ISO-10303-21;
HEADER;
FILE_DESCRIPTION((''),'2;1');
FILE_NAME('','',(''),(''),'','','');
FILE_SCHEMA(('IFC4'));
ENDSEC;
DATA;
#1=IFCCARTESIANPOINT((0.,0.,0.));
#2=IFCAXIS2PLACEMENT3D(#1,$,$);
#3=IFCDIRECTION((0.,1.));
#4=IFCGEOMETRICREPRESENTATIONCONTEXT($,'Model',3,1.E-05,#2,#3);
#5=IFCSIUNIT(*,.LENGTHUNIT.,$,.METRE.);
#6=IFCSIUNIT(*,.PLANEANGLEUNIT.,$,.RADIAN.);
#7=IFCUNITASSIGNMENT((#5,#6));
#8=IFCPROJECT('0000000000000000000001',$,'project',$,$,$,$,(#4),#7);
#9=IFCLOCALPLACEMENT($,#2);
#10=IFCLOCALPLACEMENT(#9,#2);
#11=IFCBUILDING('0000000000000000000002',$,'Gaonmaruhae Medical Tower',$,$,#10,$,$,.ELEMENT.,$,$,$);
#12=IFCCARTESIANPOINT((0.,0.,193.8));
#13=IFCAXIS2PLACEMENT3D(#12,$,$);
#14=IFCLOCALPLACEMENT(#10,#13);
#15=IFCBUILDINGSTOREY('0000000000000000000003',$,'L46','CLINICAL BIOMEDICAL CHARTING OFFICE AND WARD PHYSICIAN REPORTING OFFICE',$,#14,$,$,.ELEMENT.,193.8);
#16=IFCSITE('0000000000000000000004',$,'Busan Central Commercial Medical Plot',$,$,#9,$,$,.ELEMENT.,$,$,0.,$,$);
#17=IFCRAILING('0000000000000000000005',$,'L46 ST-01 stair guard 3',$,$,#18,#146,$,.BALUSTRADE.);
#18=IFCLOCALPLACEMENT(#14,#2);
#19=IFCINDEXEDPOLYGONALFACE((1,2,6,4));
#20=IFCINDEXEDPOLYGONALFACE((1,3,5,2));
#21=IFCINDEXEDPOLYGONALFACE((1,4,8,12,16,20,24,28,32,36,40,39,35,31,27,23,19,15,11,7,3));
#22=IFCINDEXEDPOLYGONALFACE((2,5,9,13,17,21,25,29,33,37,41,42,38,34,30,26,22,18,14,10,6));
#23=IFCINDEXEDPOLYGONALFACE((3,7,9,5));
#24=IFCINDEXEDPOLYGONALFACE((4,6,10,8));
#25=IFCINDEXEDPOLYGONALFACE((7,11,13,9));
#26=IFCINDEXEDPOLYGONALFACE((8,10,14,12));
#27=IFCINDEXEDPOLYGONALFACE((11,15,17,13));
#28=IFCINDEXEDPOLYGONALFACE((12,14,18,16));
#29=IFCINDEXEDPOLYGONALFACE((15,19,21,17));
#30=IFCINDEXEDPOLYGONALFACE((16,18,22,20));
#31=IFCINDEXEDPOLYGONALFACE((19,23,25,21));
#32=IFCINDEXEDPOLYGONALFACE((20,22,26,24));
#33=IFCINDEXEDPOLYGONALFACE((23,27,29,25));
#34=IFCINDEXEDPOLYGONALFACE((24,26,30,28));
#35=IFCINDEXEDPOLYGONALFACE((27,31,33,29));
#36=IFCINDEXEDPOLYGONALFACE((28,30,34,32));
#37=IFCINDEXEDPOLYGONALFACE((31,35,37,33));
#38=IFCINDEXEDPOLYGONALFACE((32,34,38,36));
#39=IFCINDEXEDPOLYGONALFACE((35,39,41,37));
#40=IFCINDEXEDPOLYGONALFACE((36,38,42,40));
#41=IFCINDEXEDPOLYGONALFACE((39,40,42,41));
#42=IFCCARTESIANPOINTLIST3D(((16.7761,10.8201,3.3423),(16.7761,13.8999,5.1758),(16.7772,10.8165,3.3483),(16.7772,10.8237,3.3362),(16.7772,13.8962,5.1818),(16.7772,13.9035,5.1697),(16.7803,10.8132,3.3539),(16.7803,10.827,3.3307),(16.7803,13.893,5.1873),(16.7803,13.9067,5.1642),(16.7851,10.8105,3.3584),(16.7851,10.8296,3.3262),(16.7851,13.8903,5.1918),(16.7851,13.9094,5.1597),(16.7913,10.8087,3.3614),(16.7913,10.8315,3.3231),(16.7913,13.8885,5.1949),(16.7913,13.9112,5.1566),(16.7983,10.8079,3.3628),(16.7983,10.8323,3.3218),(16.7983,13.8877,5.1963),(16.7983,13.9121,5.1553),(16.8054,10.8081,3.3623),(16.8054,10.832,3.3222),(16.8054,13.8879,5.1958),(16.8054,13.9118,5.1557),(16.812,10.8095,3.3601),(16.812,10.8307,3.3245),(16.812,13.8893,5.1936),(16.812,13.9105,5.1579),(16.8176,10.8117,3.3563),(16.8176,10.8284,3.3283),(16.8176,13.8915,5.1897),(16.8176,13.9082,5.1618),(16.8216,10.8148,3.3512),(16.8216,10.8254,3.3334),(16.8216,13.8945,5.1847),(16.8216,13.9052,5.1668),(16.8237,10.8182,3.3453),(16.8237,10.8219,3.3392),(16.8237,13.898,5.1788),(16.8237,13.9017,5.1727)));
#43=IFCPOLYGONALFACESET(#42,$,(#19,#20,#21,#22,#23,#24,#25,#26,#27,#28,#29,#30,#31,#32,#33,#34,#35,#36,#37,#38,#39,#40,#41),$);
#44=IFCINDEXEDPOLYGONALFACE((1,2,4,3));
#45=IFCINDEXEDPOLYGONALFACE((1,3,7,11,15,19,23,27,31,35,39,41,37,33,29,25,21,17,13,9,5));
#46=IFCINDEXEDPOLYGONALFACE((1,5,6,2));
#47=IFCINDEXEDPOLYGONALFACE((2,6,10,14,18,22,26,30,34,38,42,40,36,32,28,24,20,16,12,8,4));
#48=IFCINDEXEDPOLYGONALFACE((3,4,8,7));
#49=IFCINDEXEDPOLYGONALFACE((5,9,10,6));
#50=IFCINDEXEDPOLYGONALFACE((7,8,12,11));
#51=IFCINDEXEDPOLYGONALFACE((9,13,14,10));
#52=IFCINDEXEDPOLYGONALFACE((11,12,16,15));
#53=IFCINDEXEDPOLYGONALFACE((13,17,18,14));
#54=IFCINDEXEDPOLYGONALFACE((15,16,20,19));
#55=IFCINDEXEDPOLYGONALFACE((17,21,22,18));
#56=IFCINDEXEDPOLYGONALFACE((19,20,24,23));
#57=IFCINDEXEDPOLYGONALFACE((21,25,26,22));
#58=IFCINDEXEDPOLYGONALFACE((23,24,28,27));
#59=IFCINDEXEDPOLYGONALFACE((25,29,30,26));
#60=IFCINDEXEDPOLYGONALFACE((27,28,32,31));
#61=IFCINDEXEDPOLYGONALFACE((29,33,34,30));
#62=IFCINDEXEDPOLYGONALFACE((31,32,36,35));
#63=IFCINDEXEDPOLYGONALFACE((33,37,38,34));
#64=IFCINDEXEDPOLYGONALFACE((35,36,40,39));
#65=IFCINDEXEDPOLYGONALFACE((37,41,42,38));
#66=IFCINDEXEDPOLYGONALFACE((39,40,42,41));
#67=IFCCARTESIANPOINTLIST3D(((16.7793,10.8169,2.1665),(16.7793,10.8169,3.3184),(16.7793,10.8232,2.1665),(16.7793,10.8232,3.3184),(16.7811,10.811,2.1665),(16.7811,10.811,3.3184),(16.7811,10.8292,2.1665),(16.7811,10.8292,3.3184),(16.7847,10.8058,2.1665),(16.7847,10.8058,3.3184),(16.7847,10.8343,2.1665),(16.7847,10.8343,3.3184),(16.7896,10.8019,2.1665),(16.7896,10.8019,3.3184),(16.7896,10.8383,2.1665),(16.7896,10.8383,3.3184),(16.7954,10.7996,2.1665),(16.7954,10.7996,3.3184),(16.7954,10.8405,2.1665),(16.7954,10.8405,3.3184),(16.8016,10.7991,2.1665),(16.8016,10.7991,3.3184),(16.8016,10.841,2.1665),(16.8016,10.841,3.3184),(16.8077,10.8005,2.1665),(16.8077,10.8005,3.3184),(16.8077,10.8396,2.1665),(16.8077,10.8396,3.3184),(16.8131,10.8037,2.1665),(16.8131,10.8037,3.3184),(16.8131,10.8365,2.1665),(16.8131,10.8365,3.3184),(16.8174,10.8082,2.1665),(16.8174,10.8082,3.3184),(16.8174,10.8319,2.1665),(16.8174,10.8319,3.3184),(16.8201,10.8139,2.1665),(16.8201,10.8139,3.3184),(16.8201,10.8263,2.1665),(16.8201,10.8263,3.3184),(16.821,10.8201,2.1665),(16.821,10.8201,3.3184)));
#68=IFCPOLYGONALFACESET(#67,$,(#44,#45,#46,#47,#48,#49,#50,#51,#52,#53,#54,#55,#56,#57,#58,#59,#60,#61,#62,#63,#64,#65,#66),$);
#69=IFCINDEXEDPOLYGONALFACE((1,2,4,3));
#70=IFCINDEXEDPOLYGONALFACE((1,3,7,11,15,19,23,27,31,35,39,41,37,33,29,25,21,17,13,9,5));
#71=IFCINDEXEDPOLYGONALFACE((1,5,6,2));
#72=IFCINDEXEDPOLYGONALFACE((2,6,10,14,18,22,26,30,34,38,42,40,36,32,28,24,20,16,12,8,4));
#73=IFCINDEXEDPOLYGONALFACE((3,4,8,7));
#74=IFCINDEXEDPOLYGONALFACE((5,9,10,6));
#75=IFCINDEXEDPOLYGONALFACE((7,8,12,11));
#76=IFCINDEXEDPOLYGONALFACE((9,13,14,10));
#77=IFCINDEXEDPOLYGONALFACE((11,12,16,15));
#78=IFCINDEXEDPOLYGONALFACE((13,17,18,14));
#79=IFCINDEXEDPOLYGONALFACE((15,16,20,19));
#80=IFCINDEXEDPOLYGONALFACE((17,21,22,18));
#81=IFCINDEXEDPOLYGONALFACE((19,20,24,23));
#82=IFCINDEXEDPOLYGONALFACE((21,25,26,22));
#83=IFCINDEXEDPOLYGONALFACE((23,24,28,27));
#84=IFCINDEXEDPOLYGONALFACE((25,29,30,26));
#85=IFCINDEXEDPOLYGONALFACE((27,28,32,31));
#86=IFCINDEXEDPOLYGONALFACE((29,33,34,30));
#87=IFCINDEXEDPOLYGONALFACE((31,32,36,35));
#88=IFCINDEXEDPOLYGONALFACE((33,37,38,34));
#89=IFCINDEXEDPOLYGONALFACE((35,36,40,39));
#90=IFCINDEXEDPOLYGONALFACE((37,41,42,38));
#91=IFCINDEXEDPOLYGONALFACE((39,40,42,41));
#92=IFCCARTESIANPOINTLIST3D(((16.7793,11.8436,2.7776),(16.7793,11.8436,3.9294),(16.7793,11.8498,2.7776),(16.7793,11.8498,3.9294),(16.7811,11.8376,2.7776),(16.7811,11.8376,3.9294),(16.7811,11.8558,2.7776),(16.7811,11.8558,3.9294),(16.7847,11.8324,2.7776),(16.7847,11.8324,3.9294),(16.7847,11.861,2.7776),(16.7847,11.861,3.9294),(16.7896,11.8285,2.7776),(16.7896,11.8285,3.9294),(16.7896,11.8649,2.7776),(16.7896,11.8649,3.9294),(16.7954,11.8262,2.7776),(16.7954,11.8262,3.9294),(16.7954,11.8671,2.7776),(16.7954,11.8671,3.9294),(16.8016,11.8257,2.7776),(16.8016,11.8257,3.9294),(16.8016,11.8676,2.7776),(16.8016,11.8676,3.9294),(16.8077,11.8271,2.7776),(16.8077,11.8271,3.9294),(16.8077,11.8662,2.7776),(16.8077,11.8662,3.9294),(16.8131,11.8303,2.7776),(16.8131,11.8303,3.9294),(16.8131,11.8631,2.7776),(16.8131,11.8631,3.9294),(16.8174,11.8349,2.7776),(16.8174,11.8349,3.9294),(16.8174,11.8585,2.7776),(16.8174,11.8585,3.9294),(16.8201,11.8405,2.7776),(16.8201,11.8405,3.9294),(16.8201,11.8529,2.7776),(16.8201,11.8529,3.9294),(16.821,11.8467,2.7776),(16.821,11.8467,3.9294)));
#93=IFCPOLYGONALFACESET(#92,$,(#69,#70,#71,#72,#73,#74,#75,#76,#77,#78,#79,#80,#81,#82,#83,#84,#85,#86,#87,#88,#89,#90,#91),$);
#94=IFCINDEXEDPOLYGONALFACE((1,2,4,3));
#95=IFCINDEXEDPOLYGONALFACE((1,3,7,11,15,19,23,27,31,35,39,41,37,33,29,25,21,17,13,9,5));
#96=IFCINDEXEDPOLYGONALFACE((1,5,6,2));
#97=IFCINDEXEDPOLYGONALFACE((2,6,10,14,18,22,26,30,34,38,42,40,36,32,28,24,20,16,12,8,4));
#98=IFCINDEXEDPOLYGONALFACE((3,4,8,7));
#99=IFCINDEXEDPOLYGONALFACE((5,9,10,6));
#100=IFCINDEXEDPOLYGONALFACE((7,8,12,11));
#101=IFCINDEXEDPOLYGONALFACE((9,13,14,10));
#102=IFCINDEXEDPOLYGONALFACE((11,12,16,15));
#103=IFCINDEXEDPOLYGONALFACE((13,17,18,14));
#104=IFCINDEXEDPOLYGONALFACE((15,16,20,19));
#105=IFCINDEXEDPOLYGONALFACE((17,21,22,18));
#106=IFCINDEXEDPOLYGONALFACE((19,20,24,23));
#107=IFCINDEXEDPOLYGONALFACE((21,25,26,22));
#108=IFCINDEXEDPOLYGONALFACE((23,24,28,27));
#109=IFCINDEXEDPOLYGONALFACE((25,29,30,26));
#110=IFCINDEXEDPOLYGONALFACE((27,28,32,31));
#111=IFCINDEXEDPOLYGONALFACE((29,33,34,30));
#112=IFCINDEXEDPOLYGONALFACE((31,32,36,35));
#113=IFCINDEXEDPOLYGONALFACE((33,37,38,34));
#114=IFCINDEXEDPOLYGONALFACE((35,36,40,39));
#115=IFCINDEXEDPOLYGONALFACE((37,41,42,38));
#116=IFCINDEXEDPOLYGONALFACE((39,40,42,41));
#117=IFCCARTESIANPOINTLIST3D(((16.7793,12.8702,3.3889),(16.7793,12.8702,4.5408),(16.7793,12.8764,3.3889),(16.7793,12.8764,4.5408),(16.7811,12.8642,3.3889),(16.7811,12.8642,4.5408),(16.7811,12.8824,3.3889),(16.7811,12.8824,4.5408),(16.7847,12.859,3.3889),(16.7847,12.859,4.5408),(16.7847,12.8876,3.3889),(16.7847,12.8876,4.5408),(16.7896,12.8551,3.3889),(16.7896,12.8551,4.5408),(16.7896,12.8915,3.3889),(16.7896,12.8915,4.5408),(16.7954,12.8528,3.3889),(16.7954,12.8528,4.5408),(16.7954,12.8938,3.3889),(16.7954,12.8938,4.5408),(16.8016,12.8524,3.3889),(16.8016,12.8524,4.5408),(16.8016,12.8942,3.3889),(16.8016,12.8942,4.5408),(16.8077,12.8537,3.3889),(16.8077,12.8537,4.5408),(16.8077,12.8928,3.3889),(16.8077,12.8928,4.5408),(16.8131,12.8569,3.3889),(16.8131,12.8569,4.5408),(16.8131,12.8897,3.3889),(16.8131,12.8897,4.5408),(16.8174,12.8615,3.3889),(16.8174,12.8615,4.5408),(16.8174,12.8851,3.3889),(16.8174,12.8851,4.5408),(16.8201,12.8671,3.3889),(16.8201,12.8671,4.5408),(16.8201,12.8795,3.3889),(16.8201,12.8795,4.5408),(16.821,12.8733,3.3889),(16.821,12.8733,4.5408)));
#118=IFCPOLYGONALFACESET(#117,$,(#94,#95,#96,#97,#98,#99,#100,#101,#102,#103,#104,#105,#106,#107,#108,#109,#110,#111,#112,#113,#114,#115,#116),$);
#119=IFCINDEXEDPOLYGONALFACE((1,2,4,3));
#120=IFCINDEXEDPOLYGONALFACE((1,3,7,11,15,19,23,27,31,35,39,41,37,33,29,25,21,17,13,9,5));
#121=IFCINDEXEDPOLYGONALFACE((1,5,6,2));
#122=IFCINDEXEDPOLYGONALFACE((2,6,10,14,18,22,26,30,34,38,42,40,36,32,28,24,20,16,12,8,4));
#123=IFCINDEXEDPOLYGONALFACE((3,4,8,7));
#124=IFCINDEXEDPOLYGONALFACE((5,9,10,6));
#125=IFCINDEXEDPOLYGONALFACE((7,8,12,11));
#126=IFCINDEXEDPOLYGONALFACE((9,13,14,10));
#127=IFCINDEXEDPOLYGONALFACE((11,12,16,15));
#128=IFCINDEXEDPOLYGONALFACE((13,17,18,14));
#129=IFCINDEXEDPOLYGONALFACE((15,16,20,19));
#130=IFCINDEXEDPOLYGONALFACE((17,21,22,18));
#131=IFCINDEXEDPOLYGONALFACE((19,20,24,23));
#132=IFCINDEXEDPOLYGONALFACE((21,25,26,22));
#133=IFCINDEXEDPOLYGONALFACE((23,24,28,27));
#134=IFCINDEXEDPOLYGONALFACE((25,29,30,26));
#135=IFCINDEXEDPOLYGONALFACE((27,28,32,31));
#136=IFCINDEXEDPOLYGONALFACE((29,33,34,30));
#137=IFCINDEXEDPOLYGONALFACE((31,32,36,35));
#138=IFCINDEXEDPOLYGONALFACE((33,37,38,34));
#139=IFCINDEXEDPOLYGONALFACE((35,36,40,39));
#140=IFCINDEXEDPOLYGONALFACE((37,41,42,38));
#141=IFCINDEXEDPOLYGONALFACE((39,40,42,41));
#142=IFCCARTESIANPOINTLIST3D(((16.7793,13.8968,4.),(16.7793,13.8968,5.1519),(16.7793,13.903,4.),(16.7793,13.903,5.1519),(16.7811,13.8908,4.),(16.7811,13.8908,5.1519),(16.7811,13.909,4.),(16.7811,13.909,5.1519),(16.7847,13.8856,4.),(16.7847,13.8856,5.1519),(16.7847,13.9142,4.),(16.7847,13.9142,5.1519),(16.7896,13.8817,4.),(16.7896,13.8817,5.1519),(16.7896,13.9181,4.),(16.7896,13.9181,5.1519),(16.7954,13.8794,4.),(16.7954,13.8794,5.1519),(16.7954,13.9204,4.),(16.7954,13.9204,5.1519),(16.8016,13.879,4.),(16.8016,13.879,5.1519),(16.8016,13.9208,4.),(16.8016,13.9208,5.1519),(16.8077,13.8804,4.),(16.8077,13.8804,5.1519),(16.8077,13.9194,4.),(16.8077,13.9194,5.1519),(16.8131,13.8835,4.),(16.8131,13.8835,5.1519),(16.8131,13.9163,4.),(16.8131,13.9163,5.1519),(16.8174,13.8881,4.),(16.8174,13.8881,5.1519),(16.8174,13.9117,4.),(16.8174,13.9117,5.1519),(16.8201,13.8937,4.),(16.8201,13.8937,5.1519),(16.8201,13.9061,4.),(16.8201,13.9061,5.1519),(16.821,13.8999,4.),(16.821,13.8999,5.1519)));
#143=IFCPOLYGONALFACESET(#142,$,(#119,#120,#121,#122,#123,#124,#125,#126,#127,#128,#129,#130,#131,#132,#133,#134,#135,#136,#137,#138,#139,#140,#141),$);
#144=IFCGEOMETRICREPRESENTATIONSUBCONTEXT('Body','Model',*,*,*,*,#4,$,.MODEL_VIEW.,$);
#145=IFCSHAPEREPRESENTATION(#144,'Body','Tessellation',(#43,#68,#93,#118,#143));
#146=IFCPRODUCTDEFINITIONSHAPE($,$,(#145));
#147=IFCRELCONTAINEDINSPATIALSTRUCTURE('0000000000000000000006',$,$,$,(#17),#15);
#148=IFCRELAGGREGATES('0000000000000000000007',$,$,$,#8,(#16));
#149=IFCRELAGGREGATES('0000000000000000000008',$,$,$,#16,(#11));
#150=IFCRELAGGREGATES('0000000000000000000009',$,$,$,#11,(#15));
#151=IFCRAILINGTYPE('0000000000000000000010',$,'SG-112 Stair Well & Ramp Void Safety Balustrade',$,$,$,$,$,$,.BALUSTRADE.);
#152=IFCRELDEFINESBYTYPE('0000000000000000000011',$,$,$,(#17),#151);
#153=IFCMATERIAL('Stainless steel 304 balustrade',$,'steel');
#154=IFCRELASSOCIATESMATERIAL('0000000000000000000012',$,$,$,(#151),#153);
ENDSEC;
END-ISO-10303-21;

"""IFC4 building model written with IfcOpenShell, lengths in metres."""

from ifc_helpers import new_model, si_unit, direction, frame, origin, origin_2d, place, context, subcontext, project, spatial, circle, extrude, material, type_object, element, save


model = new_model("IFC4")

# Units and contexts
model_context = context("Model", 3, precision=1e-05, world=origin(), true_north=direction((0.0, 1.0)))
body_context = subcontext(model_context, "Body", "Model", "MODEL_VIEW")
ifc_project = project(units=[si_unit("LENGTHUNIT", "METRE"), si_unit("PLANEANGLEUNIT", "RADIAN")], contexts=[model_context])

# Site, building, storey
site_placement = place(None, origin())
site = spatial("IfcSite", under=ifc_project, at=site_placement, Name="Busan Central Commercial Medical Plot", CompositionType="ELEMENT", RefElevation=0.0)
building_placement = place(site_placement, origin())
building = spatial("IfcBuilding", under=site, at=building_placement, Name="Gaonmaruhae Medical Tower", CompositionType="ELEMENT")
storey_placement = place(building_placement, frame((0.0, 0.0, 193.8)))
storey = spatial("IfcBuildingStorey", under=building, at=storey_placement, Name="L46", Description="CLINICAL BIOMEDICAL CHARTING OFFICE AND WARD PHYSICIAN REPORTING OFFICE", CompositionType="ELEMENT", Elevation=193.8)

# Railing
ifc_material_1 = material(Name="Stainless steel 304 balustrade", Category="steel")
railing_type_1 = type_object("IfcRailingType", Name="SG-112 Stair Well & Ramp Void Safety Balustrade", PredefinedType="BALUSTRADE", material=ifc_material_1)
railing_1_placement = place(storey_placement, frame((16.8, 10.8201, 2.1665)))
element("IfcRailing", 1, at=railing_1_placement, inside=storey, type_object=railing_type_1, Name="L46 ST-01 stair guard 3", PredefinedType="BALUSTRADE", context=body_context, shape_type="SweptSolid", body=[
    extrude(circle(Radius=0.0239, at=origin_2d()), frame((0.0, 0.0, 1.1758), z_axis=(0.0, 0.859261, 0.511538), x_axis=(-1.0, 0.0, 0.0)), (0.0, 0.0, 1.0), 3.5842),
    extrude(circle(Radius=0.021, at=origin_2d()), origin(), (0.0, 0.0, 1.0), 1.1519),
    extrude(circle(Radius=0.021, at=origin_2d()), frame((0.0, 1.0266, 0.6111)), (0.0, 0.0, 1.0), 1.1519),
    extrude(circle(Radius=0.021, at=origin_2d()), frame((0.0, 2.0532, 1.2224)), (0.0, 0.0, 1.0), 1.1519),
    extrude(circle(Radius=0.021, at=origin_2d()), frame((0.0, 3.0798, 1.8335)), (0.0, 0.0, 1.0), 1.1519),
])

save(model, "model.ifc")
